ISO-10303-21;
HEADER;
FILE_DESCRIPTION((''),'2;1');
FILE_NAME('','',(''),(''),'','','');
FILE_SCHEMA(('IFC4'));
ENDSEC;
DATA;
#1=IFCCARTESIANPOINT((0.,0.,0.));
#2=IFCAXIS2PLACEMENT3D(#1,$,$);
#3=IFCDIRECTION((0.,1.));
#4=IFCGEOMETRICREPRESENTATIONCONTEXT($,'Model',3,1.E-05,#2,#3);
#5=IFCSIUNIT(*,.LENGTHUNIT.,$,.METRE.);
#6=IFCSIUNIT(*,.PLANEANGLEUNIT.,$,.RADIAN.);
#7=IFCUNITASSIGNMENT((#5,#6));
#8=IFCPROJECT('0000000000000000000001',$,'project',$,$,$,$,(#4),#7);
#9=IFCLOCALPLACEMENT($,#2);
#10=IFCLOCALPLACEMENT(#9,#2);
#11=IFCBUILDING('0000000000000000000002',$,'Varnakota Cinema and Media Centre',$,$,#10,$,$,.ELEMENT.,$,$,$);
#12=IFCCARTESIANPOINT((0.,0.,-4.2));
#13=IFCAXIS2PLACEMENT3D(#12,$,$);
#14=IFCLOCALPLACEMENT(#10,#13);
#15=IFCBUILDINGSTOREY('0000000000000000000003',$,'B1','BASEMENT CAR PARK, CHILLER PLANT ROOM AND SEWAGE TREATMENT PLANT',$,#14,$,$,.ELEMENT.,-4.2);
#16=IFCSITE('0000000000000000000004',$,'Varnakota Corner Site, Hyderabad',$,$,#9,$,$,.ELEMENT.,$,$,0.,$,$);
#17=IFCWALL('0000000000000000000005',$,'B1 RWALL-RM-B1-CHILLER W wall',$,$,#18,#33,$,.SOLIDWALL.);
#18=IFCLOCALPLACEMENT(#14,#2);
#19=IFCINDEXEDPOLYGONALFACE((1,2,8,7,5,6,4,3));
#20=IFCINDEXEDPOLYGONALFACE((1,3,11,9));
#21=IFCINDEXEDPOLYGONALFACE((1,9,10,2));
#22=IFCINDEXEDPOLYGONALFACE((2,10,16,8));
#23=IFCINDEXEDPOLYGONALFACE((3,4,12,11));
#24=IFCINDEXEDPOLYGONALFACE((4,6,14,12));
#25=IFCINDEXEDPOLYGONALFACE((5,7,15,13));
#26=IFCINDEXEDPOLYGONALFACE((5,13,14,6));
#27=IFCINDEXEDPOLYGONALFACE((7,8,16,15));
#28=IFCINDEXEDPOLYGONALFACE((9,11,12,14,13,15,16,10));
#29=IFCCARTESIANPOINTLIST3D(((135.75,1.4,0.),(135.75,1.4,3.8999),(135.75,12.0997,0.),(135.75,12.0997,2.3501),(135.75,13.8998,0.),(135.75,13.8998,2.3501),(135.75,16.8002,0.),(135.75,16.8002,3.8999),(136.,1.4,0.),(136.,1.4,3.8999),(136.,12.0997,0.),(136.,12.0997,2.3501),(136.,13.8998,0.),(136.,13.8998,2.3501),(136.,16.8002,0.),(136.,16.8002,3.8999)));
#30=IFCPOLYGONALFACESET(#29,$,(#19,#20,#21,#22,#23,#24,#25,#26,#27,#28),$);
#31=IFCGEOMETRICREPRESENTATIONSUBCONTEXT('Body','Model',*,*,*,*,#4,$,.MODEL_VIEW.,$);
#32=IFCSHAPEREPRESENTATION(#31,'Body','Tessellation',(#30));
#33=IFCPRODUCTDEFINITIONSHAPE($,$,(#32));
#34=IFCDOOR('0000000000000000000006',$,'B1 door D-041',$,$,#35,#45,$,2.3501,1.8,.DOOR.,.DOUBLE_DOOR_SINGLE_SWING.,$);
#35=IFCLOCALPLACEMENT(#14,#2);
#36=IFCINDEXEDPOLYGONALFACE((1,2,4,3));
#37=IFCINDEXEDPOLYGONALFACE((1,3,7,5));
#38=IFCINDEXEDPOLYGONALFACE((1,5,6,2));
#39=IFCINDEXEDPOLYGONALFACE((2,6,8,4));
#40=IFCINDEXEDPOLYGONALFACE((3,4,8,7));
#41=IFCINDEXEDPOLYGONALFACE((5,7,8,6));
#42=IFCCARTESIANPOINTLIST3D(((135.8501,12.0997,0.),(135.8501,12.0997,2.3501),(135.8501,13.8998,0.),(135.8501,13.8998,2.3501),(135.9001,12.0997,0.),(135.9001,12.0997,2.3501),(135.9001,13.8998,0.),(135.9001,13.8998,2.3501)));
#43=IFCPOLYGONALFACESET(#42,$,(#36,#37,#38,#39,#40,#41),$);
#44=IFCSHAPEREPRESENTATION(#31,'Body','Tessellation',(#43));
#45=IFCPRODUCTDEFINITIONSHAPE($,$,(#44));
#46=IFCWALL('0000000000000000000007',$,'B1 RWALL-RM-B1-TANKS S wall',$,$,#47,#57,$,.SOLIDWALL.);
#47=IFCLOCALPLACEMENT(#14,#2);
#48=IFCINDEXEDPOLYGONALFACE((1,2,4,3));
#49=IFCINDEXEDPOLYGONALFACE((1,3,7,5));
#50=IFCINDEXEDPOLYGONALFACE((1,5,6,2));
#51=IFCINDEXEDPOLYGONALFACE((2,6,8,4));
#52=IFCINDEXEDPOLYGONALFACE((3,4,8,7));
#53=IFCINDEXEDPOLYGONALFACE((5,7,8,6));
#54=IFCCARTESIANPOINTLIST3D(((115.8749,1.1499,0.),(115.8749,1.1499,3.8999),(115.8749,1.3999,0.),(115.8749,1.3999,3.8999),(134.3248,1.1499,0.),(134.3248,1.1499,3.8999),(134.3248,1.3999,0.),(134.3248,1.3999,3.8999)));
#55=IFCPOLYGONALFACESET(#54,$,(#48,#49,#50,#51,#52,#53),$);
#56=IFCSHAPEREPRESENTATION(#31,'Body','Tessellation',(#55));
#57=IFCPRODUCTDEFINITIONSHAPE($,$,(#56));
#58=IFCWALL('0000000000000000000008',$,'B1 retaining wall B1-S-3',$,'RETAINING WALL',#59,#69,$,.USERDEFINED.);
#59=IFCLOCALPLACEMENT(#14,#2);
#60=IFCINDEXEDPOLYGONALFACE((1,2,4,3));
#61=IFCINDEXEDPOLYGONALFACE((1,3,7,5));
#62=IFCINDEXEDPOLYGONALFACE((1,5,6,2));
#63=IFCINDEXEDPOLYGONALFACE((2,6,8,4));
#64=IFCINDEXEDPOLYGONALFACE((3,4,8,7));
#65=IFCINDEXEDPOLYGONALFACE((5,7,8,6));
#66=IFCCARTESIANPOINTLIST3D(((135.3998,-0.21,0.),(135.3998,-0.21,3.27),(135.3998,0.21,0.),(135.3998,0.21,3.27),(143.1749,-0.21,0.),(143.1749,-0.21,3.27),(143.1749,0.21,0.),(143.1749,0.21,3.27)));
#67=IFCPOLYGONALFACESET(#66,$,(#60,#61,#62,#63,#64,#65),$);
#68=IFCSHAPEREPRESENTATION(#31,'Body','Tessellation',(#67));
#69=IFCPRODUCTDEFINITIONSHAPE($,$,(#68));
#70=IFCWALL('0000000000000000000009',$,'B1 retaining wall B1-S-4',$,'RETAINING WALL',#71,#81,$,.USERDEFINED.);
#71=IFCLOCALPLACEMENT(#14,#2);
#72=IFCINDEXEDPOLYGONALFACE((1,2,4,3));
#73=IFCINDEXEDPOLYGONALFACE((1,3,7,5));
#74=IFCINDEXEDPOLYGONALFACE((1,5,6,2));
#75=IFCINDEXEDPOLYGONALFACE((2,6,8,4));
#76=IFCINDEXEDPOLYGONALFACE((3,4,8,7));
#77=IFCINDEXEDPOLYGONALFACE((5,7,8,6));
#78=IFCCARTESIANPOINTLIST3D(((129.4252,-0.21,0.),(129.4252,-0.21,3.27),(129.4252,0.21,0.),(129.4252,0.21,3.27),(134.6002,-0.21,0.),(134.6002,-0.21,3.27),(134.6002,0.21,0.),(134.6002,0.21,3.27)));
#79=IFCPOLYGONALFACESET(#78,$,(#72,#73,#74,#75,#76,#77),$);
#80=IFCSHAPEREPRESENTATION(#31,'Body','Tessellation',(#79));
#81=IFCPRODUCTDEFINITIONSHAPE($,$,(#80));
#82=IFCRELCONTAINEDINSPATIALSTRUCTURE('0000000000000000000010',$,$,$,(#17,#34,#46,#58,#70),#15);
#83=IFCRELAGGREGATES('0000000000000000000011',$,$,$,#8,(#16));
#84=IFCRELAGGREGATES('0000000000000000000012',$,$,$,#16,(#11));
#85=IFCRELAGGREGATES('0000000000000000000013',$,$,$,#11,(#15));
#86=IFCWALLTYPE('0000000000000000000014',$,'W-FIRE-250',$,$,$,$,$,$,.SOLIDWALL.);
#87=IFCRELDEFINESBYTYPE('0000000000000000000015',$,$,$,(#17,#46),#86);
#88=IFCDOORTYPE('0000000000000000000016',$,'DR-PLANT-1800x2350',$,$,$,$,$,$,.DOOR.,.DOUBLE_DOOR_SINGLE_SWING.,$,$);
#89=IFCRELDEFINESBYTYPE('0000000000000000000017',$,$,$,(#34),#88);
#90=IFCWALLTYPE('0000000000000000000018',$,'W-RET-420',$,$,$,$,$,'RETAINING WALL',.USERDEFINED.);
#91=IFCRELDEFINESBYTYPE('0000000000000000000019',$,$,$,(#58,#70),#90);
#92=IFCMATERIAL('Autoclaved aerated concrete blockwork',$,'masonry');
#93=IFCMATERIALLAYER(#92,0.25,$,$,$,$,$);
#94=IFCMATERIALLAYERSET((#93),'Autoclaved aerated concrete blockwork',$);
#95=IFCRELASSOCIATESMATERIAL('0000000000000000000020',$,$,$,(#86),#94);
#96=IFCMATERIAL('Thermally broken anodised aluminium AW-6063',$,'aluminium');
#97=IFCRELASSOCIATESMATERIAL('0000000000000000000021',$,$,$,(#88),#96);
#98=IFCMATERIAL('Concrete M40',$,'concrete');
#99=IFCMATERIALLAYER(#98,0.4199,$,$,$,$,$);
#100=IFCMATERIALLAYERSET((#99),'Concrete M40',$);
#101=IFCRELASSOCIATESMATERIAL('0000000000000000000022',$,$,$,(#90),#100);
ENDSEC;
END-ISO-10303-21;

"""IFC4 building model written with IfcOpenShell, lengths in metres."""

from ifc_helpers import new_model, si_unit, direction, frame, frame_2d, origin, place, context, subcontext, project, spatial, rectangle, extrude, material, layer, layer_set, type_object, element, fill, save


model = new_model("IFC4")

# Units and contexts
model_context = context("Model", 3, precision=1e-05, world=origin(), true_north=direction((0.0, 1.0)))
body_context = subcontext(model_context, "Body", "Model", "MODEL_VIEW")
ifc_project = project(units=[si_unit("LENGTHUNIT", "METRE"), si_unit("PLANEANGLEUNIT", "RADIAN")], contexts=[model_context])

# Site, building, storey
site_placement = place(None, origin())
site = spatial("IfcSite", under=ifc_project, at=site_placement, Name="Varnakota Corner Site, Hyderabad", CompositionType="ELEMENT", RefElevation=0.0)
building_placement = place(site_placement, origin())
building = spatial("IfcBuilding", under=site, at=building_placement, Name="Varnakota Cinema and Media Centre", CompositionType="ELEMENT")
storey_placement = place(building_placement, frame((0.0, 0.0, -4.2)))
storey = spatial("IfcBuildingStorey", under=building, at=storey_placement, Name="B1", Description="BASEMENT CAR PARK, CHILLER PLANT ROOM AND SEWAGE TREATMENT PLANT", CompositionType="ELEMENT", Elevation=-4.2)

# Wall, opening, door
ifc_material_1 = material(Name="Autoclaved aerated concrete blockwork", Category="masonry")
ifc_layer_1 = layer(ifc_material_1, 0.25)
ifc_layer_set_1 = layer_set([ifc_layer_1], Name="Autoclaved aerated concrete blockwork")
wall_type_1 = type_object("IfcWallType", Name="W-FIRE-250", PredefinedType="SOLIDWALL", material=ifc_layer_set_1)
wall_1_placement = place(storey_placement, frame((135.875, 1.3999, 0.0), z_axis=(0.0, 0.0, 1.0), x_axis=(0.0, 1.0, 0.0)))
wall_1 = element("IfcWall", 1, at=wall_1_placement, inside=storey, type_object=wall_type_1, Name="B1 RWALL-RM-B1-CHILLER W wall", PredefinedType="SOLIDWALL", context=body_context, shape_type="SweptSolid", body=[
    extrude(rectangle(XDim=15.4001, YDim=0.25, at=frame_2d((7.7002, 0.0))), origin(), (0.0, 0.0, 1.0), 3.8999),
])
opening_placement = place(wall_1_placement, frame((10.7, 0.0, 0.0)))
opening = element("IfcOpeningElement", 2, at=opening_placement, cuts=wall_1, PredefinedType="OPENING", context=body_context, shape_type="SweptSolid", body=[
    extrude(rectangle(XDim=1.8, YDim=2.3501, at=frame_2d((0.8999, 1.175))), frame((0.0, 0.125, 0.0), z_axis=(0.0, -1.0, 0.0), x_axis=(1.0, 0.0, 0.0)), (0.0, 0.0, 1.0), 0.25),
])
ifc_material_2 = material(Name="Thermally broken anodised aluminium AW-6063", Category="aluminium")
door_type = type_object("IfcDoorType", Name="DR-PLANT-1800x2350", OperationType="DOUBLE_DOOR_SINGLE_SWING", PredefinedType="DOOR", material=ifc_material_2)
door_placement = place(opening_placement, origin())
door = element("IfcDoor", 3, at=door_placement, inside=storey, type_object=door_type, Name="B1 door D-041", OperationType="DOUBLE_DOOR_SINGLE_SWING", OverallHeight=2.3501, OverallWidth=1.8, PredefinedType="DOOR", context=body_context, shape_type="SweptSolid", body=[
    extrude(rectangle(XDim=1.8, YDim=2.3501, at=frame_2d((0.8999, 1.175))), frame((0.0, 0.0249, 0.0), z_axis=(0.0, -1.0, 0.0), x_axis=(1.0, 0.0, 0.0)), (0.0, 0.0, 1.0), 0.05),
])
fill(opening, door)

# Walls
wall_2_placement = place(storey_placement, frame((134.325, 1.2749, 0.0), z_axis=(0.0, 0.0, 1.0), x_axis=(-1.0, 0.0, 0.0)))
element("IfcWall", 4, at=wall_2_placement, inside=storey, type_object=wall_type_1, Name="B1 RWALL-RM-B1-TANKS S wall", PredefinedType="SOLIDWALL", context=body_context, shape_type="SweptSolid", body=[
    extrude(rectangle(XDim=18.45, YDim=0.25, at=frame_2d((9.2251, 0.0))), origin(), (0.0, 0.0, 1.0), 3.8999),
])
ifc_material_3 = material(Name="Concrete M40", Category="concrete")
ifc_layer_2 = layer(ifc_material_3, 0.4199)
ifc_layer_set_2 = layer_set([ifc_layer_2], Name="Concrete M40")
wall_type_2 = type_object("IfcWallType", Name="W-RET-420", ElementType="RETAINING WALL", PredefinedType="USERDEFINED", material=ifc_layer_set_2)
wall_3_placement = place(storey_placement, frame((143.175, 0.0, 0.0), z_axis=(0.0, 0.0, 1.0), x_axis=(-1.0, 0.0, 0.0)))
element("IfcWall", 5, at=wall_3_placement, inside=storey, type_object=wall_type_2, Name="B1 retaining wall B1-S-3", ObjectType="RETAINING WALL", PredefinedType="USERDEFINED", context=body_context, shape_type="SweptSolid", body=[
    extrude(rectangle(XDim=7.7751, YDim=0.4199, at=frame_2d((3.8877, 0.0))), origin(), (0.0, 0.0, 1.0), 3.27),
])
wall_4_placement = place(storey_placement, frame((134.6001, 0.0, 0.0), z_axis=(0.0, 0.0, 1.0), x_axis=(-1.0, 0.0, 0.0)))
element("IfcWall", 6, at=wall_4_placement, inside=storey, type_object=wall_type_2, Name="B1 retaining wall B1-S-4", ObjectType="RETAINING WALL", PredefinedType="USERDEFINED", context=body_context, shape_type="SweptSolid", body=[
    extrude(rectangle(XDim=5.175, YDim=0.4199, at=frame_2d((2.5874, 0.0))), origin(), (0.0, 0.0, 1.0), 3.27),
])

save(model, "model.ifc")
